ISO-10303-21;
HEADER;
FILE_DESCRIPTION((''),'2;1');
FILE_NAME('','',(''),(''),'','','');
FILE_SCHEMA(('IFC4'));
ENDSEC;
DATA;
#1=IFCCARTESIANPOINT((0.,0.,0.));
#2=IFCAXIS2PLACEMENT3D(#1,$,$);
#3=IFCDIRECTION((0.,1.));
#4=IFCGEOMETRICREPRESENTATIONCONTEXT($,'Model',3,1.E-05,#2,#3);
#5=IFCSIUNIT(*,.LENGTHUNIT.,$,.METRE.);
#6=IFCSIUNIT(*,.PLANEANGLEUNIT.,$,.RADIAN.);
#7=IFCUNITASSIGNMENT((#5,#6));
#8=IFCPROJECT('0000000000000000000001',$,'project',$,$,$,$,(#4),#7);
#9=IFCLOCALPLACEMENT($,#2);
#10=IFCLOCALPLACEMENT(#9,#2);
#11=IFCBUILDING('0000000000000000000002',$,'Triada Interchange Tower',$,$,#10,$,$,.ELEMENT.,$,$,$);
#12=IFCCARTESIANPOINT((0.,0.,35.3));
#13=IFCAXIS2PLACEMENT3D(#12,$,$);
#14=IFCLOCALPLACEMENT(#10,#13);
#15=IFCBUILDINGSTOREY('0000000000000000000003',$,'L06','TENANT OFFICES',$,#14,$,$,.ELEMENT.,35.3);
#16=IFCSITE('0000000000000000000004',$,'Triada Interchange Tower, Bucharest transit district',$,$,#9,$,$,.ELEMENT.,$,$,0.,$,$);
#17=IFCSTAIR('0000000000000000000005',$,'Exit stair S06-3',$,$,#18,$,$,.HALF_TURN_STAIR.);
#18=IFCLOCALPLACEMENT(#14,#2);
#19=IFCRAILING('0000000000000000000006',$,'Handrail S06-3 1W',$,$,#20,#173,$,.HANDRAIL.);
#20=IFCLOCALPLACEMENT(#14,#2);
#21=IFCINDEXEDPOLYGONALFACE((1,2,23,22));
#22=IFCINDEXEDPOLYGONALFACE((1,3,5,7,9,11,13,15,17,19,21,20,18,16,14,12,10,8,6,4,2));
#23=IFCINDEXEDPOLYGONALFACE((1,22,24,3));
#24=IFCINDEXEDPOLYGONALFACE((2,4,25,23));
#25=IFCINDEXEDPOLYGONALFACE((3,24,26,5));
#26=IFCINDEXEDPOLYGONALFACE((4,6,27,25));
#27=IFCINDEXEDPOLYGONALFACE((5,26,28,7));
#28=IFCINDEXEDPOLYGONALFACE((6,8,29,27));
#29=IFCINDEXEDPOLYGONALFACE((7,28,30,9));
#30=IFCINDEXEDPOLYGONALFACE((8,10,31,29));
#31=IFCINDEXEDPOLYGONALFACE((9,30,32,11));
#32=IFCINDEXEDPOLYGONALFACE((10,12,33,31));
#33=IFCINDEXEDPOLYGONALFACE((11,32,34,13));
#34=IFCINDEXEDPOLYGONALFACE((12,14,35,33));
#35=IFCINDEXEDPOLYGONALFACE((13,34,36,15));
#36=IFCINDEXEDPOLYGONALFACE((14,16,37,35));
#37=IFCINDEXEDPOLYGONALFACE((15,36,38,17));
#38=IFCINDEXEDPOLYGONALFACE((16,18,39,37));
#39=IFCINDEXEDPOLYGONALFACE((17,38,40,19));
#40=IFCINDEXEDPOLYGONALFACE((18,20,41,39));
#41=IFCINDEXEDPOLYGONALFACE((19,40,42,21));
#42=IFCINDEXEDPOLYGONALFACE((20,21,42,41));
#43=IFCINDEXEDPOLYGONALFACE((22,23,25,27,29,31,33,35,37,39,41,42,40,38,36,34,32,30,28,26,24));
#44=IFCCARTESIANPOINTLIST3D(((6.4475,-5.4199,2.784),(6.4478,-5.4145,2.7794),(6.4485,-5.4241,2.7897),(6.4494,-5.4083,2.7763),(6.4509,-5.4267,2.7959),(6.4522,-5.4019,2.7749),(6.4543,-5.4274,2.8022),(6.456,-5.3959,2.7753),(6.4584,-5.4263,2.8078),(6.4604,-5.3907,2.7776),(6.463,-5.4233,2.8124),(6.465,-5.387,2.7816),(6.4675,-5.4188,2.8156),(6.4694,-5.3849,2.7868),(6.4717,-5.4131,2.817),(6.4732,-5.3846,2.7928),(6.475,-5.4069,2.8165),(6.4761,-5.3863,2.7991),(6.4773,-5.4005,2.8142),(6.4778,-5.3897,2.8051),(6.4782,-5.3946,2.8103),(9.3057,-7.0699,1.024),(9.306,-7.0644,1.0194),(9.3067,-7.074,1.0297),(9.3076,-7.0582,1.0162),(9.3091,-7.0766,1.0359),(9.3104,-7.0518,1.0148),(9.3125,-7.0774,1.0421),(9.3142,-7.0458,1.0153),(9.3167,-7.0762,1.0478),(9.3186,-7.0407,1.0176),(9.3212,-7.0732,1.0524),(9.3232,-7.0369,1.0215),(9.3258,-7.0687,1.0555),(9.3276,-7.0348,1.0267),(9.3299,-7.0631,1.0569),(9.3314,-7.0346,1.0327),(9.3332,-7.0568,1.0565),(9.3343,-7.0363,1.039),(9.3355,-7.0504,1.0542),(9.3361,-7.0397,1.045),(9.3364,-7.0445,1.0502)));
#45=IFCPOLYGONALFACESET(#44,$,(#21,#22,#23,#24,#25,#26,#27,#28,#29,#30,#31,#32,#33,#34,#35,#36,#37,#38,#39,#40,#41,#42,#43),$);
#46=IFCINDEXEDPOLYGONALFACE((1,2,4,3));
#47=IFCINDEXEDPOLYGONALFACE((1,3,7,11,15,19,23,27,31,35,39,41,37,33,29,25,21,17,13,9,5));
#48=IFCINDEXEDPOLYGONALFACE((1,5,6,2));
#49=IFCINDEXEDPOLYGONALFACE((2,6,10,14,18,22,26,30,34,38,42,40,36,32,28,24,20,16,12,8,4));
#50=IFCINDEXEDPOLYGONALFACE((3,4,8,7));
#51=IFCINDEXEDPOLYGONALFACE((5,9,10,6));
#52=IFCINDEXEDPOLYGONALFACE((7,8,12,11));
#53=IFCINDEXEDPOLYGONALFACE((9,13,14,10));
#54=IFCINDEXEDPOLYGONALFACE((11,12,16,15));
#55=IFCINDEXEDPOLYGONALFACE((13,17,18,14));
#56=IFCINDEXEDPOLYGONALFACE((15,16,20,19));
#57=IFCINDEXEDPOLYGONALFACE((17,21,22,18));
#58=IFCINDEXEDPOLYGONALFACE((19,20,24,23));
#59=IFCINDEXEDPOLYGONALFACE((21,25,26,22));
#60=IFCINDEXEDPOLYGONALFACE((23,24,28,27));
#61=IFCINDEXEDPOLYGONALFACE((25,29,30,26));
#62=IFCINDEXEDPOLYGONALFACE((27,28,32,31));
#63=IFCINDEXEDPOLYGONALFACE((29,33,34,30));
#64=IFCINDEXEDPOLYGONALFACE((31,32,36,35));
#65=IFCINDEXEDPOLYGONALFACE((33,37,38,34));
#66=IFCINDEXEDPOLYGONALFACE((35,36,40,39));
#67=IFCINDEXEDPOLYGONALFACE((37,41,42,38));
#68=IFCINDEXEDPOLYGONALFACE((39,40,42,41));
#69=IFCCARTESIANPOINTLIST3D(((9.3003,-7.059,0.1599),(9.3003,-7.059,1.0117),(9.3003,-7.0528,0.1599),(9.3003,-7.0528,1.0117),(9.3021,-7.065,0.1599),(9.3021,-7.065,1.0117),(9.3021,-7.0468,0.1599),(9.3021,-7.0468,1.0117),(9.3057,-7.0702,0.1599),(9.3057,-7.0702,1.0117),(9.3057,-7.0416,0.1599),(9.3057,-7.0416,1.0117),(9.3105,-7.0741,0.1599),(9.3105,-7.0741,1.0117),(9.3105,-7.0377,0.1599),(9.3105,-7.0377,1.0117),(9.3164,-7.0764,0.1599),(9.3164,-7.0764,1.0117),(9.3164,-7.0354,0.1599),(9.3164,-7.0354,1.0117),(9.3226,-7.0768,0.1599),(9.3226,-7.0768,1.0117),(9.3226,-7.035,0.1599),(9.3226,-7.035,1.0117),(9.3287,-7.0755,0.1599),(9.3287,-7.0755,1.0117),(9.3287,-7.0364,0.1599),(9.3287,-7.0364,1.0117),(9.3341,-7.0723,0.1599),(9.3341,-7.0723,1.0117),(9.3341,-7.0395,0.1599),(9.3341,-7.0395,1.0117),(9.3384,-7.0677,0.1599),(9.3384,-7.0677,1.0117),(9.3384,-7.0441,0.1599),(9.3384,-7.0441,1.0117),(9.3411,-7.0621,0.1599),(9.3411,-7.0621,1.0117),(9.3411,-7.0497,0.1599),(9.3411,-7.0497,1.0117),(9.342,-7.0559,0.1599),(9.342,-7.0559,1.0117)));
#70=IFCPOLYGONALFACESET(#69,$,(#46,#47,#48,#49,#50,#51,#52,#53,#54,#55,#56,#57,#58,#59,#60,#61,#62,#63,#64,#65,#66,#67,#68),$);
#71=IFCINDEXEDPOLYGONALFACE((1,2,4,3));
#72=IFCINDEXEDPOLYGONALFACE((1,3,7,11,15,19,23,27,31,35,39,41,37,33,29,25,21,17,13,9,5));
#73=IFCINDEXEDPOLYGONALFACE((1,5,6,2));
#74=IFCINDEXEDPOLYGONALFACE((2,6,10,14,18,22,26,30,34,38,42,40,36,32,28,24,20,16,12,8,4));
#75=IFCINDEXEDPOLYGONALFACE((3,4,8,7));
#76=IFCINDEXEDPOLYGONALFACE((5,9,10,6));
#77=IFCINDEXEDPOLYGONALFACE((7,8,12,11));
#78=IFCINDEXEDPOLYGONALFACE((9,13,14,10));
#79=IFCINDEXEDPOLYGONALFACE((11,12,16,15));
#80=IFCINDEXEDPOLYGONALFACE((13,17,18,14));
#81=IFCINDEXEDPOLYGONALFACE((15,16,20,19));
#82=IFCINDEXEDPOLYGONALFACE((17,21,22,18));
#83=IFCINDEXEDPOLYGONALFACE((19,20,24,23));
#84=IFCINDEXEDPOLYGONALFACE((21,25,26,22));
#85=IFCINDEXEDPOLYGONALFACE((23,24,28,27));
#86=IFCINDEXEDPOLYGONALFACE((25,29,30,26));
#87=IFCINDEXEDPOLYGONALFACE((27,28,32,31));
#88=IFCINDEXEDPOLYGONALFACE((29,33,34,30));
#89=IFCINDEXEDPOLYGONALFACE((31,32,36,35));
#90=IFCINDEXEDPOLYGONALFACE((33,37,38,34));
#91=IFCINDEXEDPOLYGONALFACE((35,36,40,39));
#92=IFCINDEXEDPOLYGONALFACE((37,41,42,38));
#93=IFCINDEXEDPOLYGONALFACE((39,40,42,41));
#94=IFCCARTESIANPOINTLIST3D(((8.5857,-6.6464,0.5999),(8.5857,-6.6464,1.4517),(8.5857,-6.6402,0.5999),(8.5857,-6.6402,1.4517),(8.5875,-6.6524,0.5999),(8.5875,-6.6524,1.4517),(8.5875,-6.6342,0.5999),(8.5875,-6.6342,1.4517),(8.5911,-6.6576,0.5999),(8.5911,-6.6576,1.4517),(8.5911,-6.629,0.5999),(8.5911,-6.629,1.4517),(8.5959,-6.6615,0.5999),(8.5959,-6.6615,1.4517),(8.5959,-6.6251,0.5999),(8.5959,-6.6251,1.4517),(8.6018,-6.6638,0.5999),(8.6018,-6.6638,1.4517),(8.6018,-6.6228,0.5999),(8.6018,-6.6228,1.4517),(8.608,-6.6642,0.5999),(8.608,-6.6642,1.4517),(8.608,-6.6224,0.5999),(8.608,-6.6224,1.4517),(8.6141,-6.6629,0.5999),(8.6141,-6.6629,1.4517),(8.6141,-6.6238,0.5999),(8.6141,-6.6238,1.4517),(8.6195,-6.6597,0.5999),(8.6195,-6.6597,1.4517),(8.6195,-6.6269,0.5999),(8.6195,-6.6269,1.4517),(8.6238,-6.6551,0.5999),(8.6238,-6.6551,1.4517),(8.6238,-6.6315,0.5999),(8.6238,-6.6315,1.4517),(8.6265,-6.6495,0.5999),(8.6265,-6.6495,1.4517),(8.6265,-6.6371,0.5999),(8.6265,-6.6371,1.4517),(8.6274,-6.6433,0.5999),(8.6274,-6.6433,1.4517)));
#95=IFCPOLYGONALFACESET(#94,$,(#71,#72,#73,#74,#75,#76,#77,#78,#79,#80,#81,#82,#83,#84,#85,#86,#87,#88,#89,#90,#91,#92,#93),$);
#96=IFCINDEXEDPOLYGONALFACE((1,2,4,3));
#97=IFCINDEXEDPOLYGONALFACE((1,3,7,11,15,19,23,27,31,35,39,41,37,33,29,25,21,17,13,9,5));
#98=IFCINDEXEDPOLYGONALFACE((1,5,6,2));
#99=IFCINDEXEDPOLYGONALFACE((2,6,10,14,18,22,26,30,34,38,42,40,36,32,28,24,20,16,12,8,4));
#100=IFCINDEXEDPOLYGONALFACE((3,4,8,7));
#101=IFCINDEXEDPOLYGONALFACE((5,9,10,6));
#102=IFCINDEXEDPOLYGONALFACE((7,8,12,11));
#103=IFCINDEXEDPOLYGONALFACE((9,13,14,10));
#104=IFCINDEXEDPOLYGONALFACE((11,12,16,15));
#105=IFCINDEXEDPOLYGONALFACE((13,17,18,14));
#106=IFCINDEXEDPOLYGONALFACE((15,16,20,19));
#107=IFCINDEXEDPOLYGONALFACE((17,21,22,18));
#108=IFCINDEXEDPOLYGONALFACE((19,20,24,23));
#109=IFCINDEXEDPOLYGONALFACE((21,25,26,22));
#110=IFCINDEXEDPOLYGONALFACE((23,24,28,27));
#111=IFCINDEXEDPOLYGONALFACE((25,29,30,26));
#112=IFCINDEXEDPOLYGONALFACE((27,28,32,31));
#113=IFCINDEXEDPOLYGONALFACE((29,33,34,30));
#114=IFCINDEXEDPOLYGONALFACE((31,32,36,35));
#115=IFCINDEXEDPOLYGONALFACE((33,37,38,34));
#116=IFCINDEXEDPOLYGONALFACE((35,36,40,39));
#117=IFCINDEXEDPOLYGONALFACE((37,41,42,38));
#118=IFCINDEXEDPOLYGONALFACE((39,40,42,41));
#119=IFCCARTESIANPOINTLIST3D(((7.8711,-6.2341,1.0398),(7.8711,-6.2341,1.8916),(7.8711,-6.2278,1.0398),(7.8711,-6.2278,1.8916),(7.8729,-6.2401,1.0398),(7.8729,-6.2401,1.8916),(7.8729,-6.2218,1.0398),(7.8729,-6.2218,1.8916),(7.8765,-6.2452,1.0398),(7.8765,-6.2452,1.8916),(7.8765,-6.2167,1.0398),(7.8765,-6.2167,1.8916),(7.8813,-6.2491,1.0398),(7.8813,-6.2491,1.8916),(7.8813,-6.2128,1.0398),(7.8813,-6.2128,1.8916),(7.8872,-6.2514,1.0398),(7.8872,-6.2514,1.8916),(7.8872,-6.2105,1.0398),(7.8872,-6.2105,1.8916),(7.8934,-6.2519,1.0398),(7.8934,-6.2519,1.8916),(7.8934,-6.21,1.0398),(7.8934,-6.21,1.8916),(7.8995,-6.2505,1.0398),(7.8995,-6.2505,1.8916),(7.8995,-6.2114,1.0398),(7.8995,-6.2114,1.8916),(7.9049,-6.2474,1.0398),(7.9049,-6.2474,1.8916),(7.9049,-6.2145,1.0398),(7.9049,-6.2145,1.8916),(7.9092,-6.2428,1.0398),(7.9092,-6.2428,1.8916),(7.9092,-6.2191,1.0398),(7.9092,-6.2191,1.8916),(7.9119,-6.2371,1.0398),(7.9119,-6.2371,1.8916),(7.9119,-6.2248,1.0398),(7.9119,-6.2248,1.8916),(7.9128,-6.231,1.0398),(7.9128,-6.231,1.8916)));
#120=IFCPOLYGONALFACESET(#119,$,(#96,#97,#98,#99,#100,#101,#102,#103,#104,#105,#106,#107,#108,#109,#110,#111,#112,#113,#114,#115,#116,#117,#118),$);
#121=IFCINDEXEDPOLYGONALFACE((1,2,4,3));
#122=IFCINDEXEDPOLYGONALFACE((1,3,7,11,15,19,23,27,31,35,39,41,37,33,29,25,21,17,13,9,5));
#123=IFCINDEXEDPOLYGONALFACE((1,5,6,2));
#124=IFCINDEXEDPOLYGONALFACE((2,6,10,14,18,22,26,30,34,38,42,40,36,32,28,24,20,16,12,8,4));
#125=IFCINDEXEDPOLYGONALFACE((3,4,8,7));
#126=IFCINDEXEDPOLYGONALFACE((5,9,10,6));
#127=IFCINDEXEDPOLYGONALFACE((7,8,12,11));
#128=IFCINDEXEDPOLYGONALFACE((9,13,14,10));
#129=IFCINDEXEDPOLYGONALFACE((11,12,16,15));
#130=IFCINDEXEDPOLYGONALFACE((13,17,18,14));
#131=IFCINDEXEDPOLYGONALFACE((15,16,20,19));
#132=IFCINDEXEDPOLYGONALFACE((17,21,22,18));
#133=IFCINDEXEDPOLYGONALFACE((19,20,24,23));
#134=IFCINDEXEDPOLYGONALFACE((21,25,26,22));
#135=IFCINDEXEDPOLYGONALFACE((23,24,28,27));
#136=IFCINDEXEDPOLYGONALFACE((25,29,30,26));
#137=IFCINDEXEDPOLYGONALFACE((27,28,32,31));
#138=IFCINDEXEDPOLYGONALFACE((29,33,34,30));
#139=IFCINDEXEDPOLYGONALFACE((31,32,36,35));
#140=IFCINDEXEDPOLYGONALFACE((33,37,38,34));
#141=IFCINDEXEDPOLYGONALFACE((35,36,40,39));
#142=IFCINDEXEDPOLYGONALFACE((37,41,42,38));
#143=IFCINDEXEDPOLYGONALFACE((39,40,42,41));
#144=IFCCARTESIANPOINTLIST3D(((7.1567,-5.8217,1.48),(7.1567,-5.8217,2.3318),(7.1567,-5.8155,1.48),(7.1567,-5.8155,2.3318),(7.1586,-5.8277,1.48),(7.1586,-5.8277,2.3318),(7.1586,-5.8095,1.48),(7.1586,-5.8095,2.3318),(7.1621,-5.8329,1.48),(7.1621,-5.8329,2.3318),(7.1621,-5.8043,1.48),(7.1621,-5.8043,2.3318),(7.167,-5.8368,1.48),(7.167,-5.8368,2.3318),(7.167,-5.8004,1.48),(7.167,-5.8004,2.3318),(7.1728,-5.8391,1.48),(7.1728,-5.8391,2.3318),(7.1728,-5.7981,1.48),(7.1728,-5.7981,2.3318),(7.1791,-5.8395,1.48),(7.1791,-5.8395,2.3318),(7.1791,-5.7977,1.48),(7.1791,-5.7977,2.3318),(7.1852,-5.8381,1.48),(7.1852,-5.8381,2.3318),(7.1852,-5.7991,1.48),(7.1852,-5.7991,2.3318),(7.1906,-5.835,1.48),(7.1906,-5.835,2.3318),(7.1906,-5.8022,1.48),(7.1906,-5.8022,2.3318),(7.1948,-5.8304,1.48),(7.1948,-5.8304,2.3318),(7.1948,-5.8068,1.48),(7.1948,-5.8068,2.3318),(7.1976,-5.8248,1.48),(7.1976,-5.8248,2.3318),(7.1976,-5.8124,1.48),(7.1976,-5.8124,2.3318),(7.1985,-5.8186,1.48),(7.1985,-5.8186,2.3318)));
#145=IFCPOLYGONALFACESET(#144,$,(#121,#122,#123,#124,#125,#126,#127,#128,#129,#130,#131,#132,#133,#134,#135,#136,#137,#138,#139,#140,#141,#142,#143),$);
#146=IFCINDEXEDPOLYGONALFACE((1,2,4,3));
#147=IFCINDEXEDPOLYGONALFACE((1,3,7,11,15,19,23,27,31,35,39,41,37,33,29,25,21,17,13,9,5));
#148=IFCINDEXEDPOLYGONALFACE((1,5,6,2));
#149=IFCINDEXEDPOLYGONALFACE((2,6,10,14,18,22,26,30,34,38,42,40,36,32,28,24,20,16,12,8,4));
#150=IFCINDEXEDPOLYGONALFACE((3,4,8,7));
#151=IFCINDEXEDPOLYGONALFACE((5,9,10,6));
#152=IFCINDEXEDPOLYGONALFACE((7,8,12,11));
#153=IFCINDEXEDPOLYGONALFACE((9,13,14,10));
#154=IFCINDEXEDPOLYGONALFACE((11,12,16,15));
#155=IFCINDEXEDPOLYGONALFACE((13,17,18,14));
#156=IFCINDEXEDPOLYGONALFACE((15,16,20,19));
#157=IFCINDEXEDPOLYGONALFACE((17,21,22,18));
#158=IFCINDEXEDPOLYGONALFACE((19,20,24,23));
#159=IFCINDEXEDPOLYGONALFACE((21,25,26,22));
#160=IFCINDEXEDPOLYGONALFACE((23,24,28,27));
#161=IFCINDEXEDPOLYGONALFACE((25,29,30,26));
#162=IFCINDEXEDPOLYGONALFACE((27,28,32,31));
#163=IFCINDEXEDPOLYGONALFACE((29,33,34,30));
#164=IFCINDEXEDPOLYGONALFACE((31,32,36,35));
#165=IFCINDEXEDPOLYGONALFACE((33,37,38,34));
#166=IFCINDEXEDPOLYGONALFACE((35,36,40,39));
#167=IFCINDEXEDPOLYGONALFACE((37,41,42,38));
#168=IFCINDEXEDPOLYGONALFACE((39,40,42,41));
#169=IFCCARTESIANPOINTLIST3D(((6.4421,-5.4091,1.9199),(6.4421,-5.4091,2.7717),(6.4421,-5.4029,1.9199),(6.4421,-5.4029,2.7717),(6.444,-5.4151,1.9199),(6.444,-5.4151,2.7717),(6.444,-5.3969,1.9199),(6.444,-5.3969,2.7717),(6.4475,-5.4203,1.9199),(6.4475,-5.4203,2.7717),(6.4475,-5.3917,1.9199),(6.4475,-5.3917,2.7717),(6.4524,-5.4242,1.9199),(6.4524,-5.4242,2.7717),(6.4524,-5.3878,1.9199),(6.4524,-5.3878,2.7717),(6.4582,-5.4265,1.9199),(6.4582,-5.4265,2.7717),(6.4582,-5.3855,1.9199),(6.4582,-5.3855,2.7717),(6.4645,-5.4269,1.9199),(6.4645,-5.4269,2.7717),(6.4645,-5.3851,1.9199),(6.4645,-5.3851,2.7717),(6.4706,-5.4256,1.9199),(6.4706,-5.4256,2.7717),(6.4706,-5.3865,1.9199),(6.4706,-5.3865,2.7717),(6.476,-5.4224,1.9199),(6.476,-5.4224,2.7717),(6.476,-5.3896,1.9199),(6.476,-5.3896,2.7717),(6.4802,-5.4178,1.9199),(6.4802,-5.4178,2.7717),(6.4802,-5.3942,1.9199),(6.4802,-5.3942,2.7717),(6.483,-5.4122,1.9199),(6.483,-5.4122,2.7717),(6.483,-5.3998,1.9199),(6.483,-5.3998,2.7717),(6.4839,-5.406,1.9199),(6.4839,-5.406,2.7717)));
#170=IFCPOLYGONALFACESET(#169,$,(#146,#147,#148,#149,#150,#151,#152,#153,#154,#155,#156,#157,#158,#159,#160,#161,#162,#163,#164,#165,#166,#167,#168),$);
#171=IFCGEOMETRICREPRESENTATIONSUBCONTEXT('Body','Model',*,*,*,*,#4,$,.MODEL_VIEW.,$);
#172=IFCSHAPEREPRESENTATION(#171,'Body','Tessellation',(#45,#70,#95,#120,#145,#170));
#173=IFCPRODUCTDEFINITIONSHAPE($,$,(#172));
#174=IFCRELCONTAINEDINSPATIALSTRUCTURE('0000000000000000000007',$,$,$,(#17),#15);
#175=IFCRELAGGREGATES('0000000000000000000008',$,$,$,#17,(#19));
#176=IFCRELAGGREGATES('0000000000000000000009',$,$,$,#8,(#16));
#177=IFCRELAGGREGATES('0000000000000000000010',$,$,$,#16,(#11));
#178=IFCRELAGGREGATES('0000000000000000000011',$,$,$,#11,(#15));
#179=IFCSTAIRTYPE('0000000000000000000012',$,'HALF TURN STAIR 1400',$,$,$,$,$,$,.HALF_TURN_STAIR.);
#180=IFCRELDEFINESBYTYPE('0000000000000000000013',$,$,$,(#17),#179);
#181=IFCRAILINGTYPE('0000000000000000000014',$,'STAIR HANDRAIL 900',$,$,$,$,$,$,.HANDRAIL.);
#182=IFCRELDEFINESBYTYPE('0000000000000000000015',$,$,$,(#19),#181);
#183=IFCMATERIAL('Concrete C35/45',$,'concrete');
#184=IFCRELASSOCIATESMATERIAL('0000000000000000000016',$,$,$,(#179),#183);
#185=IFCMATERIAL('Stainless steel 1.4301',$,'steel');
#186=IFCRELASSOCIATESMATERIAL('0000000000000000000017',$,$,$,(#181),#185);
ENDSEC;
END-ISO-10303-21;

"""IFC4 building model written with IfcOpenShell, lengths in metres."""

from ifc_helpers import new_model, si_unit, direction, frame, origin, origin_2d, place, context, subcontext, project, spatial, circle, extrude, material, type_object, element, aggregate, save


model = new_model("IFC4")

# Units and contexts
model_context = context("Model", 3, precision=1e-05, world=origin(), true_north=direction((0.0, 1.0)))
body_context = subcontext(model_context, "Body", "Model", "MODEL_VIEW")
ifc_project = project(units=[si_unit("LENGTHUNIT", "METRE"), si_unit("PLANEANGLEUNIT", "RADIAN")], contexts=[model_context])

# Site, building, storey
site_placement = place(None, origin())
site = spatial("IfcSite", under=ifc_project, at=site_placement, Name="Triada Interchange Tower, Bucharest transit district", CompositionType="ELEMENT", RefElevation=0.0)
building_placement = place(site_placement, origin())
building = spatial("IfcBuilding", under=site, at=building_placement, Name="Triada Interchange Tower", CompositionType="ELEMENT")
storey_placement = place(building_placement, frame((0.0, 0.0, 35.3)))
storey = spatial("IfcBuildingStorey", under=building, at=storey_placement, Name="L06", Description="TENANT OFFICES", CompositionType="ELEMENT", Elevation=35.3)

# Stair, railing
ifc_material_1 = material(Name="Concrete C35/45", Category="concrete")
stair_type = type_object("IfcStairType", Name="HALF TURN STAIR 1400", PredefinedType="HALF_TURN_STAIR", material=ifc_material_1)
stair_placement = place(storey_placement, origin())
stair = element("IfcStair", 1, at=stair_placement, inside=storey, type_object=stair_type, Name="Exit stair S06-3", PredefinedType="HALF_TURN_STAIR")
ifc_material_2 = material(Name="Stainless steel 1.4301", Category="steel")
railing_type = type_object("IfcRailingType", Name="STAIR HANDRAIL 900", PredefinedType="HANDRAIL", material=ifc_material_2)
railing_1_placement = place(storey_placement, frame((9.321, -7.0559, 0.1599)))
railing_1 = element("IfcRailing", 2, at=railing_1_placement, type_object=railing_type, Name="Handrail S06-3 1W", PredefinedType="HANDRAIL", context=body_context, shape_type="SweptSolid", body=[
    extrude(circle(Radius=0.0239, at=origin_2d()), frame((0.0, 0.0, 0.876), z_axis=(-0.764178, 0.441131, 0.47057), x_axis=(-0.499942, -0.866059, 0.0)), (0.0, 0.0, 1.0), 3.7402),
    extrude(circle(Radius=0.021, at=origin_2d()), origin(), (0.0, 0.0, 1.0), 0.8518),
    extrude(circle(Radius=0.021, at=origin_2d()), frame((-0.7146, 0.4126, 0.4399)), (0.0, 0.0, 1.0), 0.8518),
    extrude(circle(Radius=0.021, at=origin_2d()), frame((-1.4292, 0.825, 0.8799)), (0.0, 0.0, 1.0), 0.8518),
    extrude(circle(Radius=0.021, at=origin_2d()), frame((-2.1436, 1.2373, 1.3201)), (0.0, 0.0, 1.0), 0.8518),
    extrude(circle(Radius=0.021, at=origin_2d()), frame((-2.8582, 1.6499, 1.76)), (0.0, 0.0, 1.0), 0.8518),
])
aggregate(stair, [railing_1])

save(model, "model.ifc")
